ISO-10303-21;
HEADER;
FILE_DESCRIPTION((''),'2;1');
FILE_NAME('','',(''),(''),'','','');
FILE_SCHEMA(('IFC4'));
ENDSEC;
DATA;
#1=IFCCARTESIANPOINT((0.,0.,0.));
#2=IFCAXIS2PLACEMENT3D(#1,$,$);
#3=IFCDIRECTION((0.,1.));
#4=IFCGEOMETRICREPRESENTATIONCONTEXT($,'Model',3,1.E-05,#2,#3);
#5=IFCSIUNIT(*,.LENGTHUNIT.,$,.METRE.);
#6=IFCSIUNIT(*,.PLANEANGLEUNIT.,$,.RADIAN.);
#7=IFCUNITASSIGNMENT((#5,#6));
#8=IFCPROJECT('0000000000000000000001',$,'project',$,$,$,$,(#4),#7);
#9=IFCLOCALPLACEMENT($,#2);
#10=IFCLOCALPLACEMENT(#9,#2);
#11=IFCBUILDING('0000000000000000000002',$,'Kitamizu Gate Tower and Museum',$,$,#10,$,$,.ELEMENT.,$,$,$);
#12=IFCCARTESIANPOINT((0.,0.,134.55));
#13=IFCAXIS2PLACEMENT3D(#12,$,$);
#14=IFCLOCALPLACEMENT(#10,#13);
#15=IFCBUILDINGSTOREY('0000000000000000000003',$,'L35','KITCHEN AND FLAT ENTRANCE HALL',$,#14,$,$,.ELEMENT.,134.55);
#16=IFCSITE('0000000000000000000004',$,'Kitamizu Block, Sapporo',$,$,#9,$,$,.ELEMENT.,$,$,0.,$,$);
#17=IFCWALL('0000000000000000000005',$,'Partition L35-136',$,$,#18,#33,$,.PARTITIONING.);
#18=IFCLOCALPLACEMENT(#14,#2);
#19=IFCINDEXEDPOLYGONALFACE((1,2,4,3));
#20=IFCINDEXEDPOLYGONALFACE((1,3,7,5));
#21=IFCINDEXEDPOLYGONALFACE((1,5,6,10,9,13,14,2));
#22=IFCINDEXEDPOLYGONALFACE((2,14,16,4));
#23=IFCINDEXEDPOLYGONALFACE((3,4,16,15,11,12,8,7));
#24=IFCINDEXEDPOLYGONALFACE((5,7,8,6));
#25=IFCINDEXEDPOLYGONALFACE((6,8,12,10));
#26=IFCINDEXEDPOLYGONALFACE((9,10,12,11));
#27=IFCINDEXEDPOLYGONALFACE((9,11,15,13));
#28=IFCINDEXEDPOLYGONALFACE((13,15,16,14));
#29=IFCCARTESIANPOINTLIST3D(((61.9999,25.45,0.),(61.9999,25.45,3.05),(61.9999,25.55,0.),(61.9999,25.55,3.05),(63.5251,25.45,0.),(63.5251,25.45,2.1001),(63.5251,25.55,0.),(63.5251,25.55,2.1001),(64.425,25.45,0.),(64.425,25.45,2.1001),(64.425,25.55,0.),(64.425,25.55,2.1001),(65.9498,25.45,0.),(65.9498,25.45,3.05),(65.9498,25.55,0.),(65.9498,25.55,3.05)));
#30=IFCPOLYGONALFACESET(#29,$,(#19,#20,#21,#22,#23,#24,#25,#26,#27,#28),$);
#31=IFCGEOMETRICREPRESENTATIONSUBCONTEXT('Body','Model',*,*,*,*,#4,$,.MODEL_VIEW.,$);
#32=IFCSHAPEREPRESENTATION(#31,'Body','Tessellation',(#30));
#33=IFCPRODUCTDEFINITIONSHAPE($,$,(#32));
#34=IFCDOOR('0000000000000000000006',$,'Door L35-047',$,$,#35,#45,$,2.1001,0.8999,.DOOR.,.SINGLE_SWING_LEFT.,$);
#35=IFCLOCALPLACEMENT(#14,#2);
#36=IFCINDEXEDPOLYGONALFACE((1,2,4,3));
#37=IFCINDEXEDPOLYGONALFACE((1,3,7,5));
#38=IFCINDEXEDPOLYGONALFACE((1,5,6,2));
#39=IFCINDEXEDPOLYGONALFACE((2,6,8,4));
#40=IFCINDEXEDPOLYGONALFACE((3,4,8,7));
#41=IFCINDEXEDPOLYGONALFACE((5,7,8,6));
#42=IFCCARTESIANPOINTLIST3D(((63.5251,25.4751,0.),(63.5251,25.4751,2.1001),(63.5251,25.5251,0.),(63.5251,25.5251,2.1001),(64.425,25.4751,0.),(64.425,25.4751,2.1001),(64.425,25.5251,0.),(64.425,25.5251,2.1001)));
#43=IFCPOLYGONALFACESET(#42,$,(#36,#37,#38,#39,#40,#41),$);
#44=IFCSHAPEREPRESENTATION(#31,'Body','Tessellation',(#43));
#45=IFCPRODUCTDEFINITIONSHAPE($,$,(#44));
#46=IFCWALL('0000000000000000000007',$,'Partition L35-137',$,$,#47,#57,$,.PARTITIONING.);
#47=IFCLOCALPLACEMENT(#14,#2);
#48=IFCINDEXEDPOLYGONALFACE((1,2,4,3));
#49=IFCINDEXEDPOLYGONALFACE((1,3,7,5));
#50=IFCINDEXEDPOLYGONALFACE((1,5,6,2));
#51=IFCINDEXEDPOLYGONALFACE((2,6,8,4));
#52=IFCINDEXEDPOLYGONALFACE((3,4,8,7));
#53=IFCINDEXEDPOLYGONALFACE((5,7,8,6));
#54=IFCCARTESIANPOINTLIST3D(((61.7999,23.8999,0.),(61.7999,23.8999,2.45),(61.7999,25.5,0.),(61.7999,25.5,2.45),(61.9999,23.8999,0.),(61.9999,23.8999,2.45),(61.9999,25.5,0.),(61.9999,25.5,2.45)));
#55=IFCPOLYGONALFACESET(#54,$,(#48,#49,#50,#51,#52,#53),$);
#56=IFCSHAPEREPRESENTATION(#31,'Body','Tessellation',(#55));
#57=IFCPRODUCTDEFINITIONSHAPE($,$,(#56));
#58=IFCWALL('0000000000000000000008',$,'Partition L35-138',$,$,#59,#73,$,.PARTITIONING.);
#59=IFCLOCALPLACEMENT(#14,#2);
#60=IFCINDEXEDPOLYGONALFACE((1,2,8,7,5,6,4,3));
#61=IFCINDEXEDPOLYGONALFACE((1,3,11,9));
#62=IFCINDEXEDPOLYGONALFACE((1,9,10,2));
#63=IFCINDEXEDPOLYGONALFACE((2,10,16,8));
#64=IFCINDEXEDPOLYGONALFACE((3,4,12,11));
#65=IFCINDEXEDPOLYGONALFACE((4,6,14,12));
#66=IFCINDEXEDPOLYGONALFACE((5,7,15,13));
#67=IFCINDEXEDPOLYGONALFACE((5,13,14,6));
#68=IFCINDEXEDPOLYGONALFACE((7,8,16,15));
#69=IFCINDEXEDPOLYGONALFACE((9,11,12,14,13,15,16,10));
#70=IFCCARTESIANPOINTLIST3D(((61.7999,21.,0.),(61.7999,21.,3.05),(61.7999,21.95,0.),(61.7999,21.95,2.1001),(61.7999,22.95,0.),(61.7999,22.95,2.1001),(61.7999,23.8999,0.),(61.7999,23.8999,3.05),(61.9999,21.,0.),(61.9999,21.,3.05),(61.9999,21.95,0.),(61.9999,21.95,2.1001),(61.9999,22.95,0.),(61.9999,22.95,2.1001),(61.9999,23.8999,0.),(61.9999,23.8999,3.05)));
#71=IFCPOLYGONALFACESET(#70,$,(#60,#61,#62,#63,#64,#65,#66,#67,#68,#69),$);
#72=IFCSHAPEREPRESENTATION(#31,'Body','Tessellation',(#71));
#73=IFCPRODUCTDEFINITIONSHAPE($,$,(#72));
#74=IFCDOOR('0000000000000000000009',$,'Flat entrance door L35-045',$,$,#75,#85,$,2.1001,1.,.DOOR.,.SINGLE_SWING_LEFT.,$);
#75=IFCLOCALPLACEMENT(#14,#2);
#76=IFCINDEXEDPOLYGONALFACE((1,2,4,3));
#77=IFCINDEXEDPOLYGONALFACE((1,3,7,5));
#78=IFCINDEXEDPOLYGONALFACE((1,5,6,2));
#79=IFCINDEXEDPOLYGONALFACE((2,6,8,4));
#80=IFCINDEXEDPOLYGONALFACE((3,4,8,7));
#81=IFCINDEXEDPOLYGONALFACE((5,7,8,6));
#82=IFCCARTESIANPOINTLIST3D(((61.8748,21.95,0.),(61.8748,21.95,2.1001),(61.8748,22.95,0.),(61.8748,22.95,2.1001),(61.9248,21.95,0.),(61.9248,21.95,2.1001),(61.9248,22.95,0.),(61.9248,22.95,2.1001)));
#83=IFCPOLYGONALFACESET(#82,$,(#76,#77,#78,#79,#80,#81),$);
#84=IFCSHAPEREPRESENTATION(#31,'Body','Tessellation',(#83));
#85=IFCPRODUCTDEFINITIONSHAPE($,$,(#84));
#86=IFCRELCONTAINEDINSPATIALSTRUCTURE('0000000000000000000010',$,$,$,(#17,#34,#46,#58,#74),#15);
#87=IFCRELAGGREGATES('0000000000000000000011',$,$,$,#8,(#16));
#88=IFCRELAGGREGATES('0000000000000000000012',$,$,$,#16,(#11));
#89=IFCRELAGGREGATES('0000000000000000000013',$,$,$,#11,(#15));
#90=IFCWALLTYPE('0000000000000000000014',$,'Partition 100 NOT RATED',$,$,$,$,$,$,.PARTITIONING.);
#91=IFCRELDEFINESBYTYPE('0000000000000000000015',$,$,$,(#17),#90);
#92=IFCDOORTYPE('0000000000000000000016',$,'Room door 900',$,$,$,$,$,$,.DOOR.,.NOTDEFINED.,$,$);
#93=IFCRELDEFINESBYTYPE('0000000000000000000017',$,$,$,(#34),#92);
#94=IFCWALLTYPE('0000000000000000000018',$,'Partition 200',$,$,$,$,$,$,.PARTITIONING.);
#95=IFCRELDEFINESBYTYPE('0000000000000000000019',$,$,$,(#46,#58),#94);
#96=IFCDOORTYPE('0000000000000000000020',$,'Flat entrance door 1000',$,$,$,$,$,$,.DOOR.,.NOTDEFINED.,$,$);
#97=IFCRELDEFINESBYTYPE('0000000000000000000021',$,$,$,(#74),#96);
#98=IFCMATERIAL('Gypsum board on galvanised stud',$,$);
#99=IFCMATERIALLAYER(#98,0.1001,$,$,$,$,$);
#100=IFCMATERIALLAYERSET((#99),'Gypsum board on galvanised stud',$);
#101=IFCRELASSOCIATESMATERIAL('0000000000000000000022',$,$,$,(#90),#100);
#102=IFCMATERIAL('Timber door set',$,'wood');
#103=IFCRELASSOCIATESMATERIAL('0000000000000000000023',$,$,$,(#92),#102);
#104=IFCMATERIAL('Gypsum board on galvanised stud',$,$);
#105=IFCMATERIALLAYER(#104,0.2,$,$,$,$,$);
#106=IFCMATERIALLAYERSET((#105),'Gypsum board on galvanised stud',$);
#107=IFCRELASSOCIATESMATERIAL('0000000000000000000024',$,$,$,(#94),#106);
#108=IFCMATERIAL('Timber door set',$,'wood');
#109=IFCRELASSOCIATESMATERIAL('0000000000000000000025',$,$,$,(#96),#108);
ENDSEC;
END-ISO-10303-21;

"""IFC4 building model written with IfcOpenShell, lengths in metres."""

from ifc_helpers import new_model, si_unit, direction, frame, frame_2d, origin, place, context, subcontext, project, spatial, rectangle, extrude, material, layer, layer_set, type_object, element, fill, save


model = new_model("IFC4")

# Units and contexts
model_context = context("Model", 3, precision=1e-05, world=origin(), true_north=direction((0.0, 1.0)))
body_context = subcontext(model_context, "Body", "Model", "MODEL_VIEW")
ifc_project = project(units=[si_unit("LENGTHUNIT", "METRE"), si_unit("PLANEANGLEUNIT", "RADIAN")], contexts=[model_context])

# Site, building, storey
site_placement = place(None, origin())
site = spatial("IfcSite", under=ifc_project, at=site_placement, Name="Kitamizu Block, Sapporo", CompositionType="ELEMENT", RefElevation=0.0)
building_placement = place(site_placement, origin())
building = spatial("IfcBuilding", under=site, at=building_placement, Name="Kitamizu Gate Tower and Museum", CompositionType="ELEMENT")
storey_placement = place(building_placement, frame((0.0, 0.0, 134.55)))
storey = spatial("IfcBuildingStorey", under=building, at=storey_placement, Name="L35", Description="KITCHEN AND FLAT ENTRANCE HALL", CompositionType="ELEMENT", Elevation=134.55)

# Shared definitions
ifc_material_1 = material(Name="Gypsum board on galvanised stud")
ifc_layer_1 = layer(ifc_material_1, 0.1001)
ifc_layer_set_1 = layer_set([ifc_layer_1], Name="Gypsum board on galvanised stud")
wall_type_1 = type_object("IfcWallType", Name="Partition 100 NOT RATED", PredefinedType="PARTITIONING", material=ifc_layer_set_1)
ifc_material_2 = material(Name="Timber door set", Category="wood")
door_type_1 = type_object("IfcDoorType", Name="Room door 900", OperationType="NOTDEFINED", PredefinedType="DOOR", material=ifc_material_2)

# Wall, opening, door
wall_1_placement = place(storey_placement, frame((65.95, 25.5, 0.0), z_axis=(0.0, 0.0, 1.0), x_axis=(-1.0, 0.0, 0.0)))
wall_1 = element("IfcWall", 1, at=wall_1_placement, inside=storey, type_object=wall_type_1, Name="Partition L35-136", PredefinedType="PARTITIONING", context=body_context, shape_type="SweptSolid", body=[
    extrude(rectangle(XDim=3.95, YDim=0.1001, at=frame_2d((1.9751, 0.0))), origin(), (0.0, 0.0, 1.0), 3.05),
])
opening_1_placement = place(wall_1_placement, frame((1.5249, 0.0, 0.0)))
opening_1 = element("IfcOpeningElement", 2, at=opening_1_placement, cuts=wall_1, PredefinedType="OPENING", context=body_context, shape_type="SweptSolid", body=[
    extrude(rectangle(XDim=0.8999, YDim=2.1001, at=frame_2d((0.45, 1.05))), frame((0.0, 0.0601, 0.0), z_axis=(0.0, -1.0, 0.0), x_axis=(1.0, 0.0, 0.0)), (0.0, 0.0, 1.0), 0.1201),
])
door_1_placement = place(opening_1_placement, origin())
door_1 = element("IfcDoor", 3, at=door_1_placement, inside=storey, type_object=door_type_1, Name="Door L35-047", OperationType="SINGLE_SWING_LEFT", OverallHeight=2.1001, OverallWidth=0.8999, PredefinedType="DOOR", context=body_context, shape_type="SweptSolid", body=[
    extrude(rectangle(XDim=0.8999, YDim=2.1001, at=frame_2d((0.45, 1.05))), frame((0.0, 0.0249, 0.0), z_axis=(0.0, -1.0, 0.0), x_axis=(1.0, 0.0, 0.0)), (0.0, 0.0, 1.0), 0.05),
])
fill(opening_1, door_1)

# Wall
ifc_material_3 = material(Name="Gypsum board on galvanised stud")
ifc_layer_2 = layer(ifc_material_3, 0.2)
ifc_layer_set_2 = layer_set([ifc_layer_2], Name="Gypsum board on galvanised stud")
wall_type_2 = type_object("IfcWallType", Name="Partition 200", PredefinedType="PARTITIONING", material=ifc_layer_set_2)
wall_2_placement = place(storey_placement, frame((61.8999, 25.5, 0.0), z_axis=(0.0, 0.0, 1.0), x_axis=(0.0, -1.0, 0.0)))
element("IfcWall", 4, at=wall_2_placement, inside=storey, type_object=wall_type_2, Name="Partition L35-137", PredefinedType="PARTITIONING", context=body_context, shape_type="SweptSolid", body=[
    extrude(rectangle(XDim=1.6001, YDim=0.2, at=frame_2d((0.8, 0.0))), origin(), (0.0, 0.0, 1.0), 2.45),
])

# Wall, opening, door
wall_3_placement = place(storey_placement, frame((61.8999, 23.8999, 0.0), z_axis=(0.0, 0.0, 1.0), x_axis=(0.0, -1.0, 0.0)))
wall_3 = element("IfcWall", 5, at=wall_3_placement, inside=storey, type_object=wall_type_2, Name="Partition L35-138", PredefinedType="PARTITIONING", context=body_context, shape_type="SweptSolid", body=[
    extrude(rectangle(XDim=2.8999, YDim=0.2, at=frame_2d((1.45, 0.0))), origin(), (0.0, 0.0, 1.0), 3.05),
])
opening_2_placement = place(wall_3_placement, frame((0.95, 0.0, 0.0)))
opening_2 = element("IfcOpeningElement", 6, at=opening_2_placement, cuts=wall_3, PredefinedType="OPENING", context=body_context, shape_type="SweptSolid", body=[
    extrude(rectangle(XDim=1.0, YDim=2.1001, at=frame_2d((0.5, 1.05))), frame((0.0, 0.1099, 0.0), z_axis=(0.0, -1.0, 0.0), x_axis=(1.0, 0.0, 0.0)), (0.0, 0.0, 1.0), 0.22),
])
ifc_material_4 = material(Name="Timber door set", Category="wood")
door_type_2 = type_object("IfcDoorType", Name="Flat entrance door 1000", OperationType="NOTDEFINED", PredefinedType="DOOR", material=ifc_material_4)
door_2_placement = place(opening_2_placement, origin())
door_2 = element("IfcDoor", 7, at=door_2_placement, inside=storey, type_object=door_type_2, Name="Flat entrance door L35-045", OperationType="SINGLE_SWING_LEFT", OverallHeight=2.1001, OverallWidth=1.0, PredefinedType="DOOR", context=body_context, shape_type="SweptSolid", body=[
    extrude(rectangle(XDim=1.0, YDim=2.1001, at=frame_2d((0.5, 1.05))), frame((0.0, 0.0249, 0.0), z_axis=(0.0, -1.0, 0.0), x_axis=(1.0, 0.0, 0.0)), (0.0, 0.0, 1.0), 0.05),
])
fill(opening_2, door_2)

save(model, "model.ifc")
